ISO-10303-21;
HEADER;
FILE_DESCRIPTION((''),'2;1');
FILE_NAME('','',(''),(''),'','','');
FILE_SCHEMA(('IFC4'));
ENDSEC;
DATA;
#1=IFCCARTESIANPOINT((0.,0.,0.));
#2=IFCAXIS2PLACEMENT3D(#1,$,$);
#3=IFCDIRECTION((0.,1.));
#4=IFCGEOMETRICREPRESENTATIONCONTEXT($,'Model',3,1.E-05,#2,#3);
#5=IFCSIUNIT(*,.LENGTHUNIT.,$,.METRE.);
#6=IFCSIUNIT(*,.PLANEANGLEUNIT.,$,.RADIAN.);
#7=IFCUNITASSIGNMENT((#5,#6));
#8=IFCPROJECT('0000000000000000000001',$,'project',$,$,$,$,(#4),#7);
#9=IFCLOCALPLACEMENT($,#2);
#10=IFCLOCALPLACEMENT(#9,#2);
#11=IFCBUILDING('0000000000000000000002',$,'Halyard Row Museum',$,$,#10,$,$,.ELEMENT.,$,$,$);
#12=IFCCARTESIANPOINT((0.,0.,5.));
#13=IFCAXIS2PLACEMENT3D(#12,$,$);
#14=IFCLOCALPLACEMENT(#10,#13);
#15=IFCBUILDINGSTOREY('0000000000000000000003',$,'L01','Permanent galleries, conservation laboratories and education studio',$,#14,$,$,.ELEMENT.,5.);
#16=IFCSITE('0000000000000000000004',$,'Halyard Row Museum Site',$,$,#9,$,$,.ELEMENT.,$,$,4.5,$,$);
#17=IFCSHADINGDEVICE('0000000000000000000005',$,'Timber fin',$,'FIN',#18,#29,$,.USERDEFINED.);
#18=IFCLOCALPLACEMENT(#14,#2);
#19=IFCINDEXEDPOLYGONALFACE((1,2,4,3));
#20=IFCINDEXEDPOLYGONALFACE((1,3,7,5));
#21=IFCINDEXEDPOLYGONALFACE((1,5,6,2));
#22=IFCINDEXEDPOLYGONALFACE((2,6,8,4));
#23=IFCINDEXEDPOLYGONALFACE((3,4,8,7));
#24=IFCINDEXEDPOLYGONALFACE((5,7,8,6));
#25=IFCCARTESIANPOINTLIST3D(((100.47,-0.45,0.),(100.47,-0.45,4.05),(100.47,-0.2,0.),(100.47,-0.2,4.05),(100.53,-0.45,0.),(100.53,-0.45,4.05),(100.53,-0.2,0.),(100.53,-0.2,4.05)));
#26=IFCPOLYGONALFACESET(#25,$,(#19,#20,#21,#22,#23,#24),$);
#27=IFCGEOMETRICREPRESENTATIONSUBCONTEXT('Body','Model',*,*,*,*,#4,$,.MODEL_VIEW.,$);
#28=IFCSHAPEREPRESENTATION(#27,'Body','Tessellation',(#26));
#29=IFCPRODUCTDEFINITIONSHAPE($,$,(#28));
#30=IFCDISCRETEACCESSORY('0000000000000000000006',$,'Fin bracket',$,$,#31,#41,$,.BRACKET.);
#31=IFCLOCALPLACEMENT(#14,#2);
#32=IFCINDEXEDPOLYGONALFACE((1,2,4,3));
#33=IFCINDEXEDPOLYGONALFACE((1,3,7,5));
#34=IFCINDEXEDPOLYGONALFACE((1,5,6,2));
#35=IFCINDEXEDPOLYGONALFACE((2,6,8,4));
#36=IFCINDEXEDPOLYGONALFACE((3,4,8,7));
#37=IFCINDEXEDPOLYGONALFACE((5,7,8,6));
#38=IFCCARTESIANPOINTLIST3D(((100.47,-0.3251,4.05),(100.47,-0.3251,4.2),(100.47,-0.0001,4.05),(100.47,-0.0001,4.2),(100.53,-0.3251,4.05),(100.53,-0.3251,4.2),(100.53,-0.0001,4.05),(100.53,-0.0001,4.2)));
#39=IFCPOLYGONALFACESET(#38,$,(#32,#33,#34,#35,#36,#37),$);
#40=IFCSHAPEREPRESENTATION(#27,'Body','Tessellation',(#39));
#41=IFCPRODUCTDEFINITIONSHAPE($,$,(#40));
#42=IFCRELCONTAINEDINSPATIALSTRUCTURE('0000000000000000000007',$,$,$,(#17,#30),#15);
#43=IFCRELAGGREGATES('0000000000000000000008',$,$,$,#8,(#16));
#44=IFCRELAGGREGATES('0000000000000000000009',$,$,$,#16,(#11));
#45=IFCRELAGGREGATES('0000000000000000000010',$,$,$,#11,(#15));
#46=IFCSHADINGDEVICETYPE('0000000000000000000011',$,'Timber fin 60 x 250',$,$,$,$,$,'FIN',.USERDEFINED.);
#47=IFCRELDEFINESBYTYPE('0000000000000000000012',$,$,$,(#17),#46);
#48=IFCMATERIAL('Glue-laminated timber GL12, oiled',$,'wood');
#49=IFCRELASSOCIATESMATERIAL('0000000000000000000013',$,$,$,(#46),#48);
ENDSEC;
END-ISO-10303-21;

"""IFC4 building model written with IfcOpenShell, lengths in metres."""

from ifc_helpers import new_model, si_unit, direction, frame, origin, origin_2d, place, context, subcontext, project, spatial, rectangle, extrude, material, type_object, element, save


model = new_model("IFC4")

# Units and contexts
model_context = context("Model", 3, precision=1e-05, world=origin(), true_north=direction((0.0, 1.0)))
body_context = subcontext(model_context, "Body", "Model", "MODEL_VIEW")
ifc_project = project(units=[si_unit("LENGTHUNIT", "METRE"), si_unit("PLANEANGLEUNIT", "RADIAN")], contexts=[model_context])

# Site, building, storey
site_placement = place(None, origin())
site = spatial("IfcSite", under=ifc_project, at=site_placement, Name="Halyard Row Museum Site", CompositionType="ELEMENT", RefElevation=4.5)
building_placement = place(site_placement, origin())
building = spatial("IfcBuilding", under=site, at=building_placement, Name="Halyard Row Museum", CompositionType="ELEMENT")
storey_placement = place(building_placement, frame((0.0, 0.0, 5.0)))
storey = spatial("IfcBuildingStorey", under=building, at=storey_placement, Name="L01", Description="Permanent galleries, conservation laboratories and education studio", CompositionType="ELEMENT", Elevation=5.0)

# Shading device
ifc_material_1 = material(Name="Glue-laminated timber GL12, oiled", Category="wood")
shading_device_type = type_object("IfcShadingDeviceType", Name="Timber fin 60 x 250", ElementType="FIN", PredefinedType="USERDEFINED", material=ifc_material_1)
shading_device_placement = place(storey_placement, frame((100.5, -0.325, 0.0), z_axis=(0.0, 0.0, 1.0), x_axis=(1.0, 0.0, 0.0)))
element("IfcShadingDevice", 1, at=shading_device_placement, inside=storey, type_object=shading_device_type, Name="Timber fin", ObjectType="FIN", PredefinedType="USERDEFINED", context=body_context, shape_type="SweptSolid", body=[
    extrude(rectangle(XDim=0.0601, YDim=0.25, at=origin_2d()), origin(), (0.0, 0.0, 1.0), 4.05),
])

# Discrete accessory
discrete_accessory_placement = place(storey_placement, frame((100.5, -0.1626, 4.05), z_axis=(0.0, 0.0, 1.0), x_axis=(1.0, 0.0, 0.0)))
element("IfcDiscreteAccessory", 2, at=discrete_accessory_placement, inside=storey, Name="Fin bracket", PredefinedType="BRACKET", context=body_context, shape_type="SweptSolid", body=[
    extrude(rectangle(XDim=0.0601, YDim=0.325, at=origin_2d()), origin(), (0.0, 0.0, 1.0), 0.1499),
])

save(model, "model.ifc")
